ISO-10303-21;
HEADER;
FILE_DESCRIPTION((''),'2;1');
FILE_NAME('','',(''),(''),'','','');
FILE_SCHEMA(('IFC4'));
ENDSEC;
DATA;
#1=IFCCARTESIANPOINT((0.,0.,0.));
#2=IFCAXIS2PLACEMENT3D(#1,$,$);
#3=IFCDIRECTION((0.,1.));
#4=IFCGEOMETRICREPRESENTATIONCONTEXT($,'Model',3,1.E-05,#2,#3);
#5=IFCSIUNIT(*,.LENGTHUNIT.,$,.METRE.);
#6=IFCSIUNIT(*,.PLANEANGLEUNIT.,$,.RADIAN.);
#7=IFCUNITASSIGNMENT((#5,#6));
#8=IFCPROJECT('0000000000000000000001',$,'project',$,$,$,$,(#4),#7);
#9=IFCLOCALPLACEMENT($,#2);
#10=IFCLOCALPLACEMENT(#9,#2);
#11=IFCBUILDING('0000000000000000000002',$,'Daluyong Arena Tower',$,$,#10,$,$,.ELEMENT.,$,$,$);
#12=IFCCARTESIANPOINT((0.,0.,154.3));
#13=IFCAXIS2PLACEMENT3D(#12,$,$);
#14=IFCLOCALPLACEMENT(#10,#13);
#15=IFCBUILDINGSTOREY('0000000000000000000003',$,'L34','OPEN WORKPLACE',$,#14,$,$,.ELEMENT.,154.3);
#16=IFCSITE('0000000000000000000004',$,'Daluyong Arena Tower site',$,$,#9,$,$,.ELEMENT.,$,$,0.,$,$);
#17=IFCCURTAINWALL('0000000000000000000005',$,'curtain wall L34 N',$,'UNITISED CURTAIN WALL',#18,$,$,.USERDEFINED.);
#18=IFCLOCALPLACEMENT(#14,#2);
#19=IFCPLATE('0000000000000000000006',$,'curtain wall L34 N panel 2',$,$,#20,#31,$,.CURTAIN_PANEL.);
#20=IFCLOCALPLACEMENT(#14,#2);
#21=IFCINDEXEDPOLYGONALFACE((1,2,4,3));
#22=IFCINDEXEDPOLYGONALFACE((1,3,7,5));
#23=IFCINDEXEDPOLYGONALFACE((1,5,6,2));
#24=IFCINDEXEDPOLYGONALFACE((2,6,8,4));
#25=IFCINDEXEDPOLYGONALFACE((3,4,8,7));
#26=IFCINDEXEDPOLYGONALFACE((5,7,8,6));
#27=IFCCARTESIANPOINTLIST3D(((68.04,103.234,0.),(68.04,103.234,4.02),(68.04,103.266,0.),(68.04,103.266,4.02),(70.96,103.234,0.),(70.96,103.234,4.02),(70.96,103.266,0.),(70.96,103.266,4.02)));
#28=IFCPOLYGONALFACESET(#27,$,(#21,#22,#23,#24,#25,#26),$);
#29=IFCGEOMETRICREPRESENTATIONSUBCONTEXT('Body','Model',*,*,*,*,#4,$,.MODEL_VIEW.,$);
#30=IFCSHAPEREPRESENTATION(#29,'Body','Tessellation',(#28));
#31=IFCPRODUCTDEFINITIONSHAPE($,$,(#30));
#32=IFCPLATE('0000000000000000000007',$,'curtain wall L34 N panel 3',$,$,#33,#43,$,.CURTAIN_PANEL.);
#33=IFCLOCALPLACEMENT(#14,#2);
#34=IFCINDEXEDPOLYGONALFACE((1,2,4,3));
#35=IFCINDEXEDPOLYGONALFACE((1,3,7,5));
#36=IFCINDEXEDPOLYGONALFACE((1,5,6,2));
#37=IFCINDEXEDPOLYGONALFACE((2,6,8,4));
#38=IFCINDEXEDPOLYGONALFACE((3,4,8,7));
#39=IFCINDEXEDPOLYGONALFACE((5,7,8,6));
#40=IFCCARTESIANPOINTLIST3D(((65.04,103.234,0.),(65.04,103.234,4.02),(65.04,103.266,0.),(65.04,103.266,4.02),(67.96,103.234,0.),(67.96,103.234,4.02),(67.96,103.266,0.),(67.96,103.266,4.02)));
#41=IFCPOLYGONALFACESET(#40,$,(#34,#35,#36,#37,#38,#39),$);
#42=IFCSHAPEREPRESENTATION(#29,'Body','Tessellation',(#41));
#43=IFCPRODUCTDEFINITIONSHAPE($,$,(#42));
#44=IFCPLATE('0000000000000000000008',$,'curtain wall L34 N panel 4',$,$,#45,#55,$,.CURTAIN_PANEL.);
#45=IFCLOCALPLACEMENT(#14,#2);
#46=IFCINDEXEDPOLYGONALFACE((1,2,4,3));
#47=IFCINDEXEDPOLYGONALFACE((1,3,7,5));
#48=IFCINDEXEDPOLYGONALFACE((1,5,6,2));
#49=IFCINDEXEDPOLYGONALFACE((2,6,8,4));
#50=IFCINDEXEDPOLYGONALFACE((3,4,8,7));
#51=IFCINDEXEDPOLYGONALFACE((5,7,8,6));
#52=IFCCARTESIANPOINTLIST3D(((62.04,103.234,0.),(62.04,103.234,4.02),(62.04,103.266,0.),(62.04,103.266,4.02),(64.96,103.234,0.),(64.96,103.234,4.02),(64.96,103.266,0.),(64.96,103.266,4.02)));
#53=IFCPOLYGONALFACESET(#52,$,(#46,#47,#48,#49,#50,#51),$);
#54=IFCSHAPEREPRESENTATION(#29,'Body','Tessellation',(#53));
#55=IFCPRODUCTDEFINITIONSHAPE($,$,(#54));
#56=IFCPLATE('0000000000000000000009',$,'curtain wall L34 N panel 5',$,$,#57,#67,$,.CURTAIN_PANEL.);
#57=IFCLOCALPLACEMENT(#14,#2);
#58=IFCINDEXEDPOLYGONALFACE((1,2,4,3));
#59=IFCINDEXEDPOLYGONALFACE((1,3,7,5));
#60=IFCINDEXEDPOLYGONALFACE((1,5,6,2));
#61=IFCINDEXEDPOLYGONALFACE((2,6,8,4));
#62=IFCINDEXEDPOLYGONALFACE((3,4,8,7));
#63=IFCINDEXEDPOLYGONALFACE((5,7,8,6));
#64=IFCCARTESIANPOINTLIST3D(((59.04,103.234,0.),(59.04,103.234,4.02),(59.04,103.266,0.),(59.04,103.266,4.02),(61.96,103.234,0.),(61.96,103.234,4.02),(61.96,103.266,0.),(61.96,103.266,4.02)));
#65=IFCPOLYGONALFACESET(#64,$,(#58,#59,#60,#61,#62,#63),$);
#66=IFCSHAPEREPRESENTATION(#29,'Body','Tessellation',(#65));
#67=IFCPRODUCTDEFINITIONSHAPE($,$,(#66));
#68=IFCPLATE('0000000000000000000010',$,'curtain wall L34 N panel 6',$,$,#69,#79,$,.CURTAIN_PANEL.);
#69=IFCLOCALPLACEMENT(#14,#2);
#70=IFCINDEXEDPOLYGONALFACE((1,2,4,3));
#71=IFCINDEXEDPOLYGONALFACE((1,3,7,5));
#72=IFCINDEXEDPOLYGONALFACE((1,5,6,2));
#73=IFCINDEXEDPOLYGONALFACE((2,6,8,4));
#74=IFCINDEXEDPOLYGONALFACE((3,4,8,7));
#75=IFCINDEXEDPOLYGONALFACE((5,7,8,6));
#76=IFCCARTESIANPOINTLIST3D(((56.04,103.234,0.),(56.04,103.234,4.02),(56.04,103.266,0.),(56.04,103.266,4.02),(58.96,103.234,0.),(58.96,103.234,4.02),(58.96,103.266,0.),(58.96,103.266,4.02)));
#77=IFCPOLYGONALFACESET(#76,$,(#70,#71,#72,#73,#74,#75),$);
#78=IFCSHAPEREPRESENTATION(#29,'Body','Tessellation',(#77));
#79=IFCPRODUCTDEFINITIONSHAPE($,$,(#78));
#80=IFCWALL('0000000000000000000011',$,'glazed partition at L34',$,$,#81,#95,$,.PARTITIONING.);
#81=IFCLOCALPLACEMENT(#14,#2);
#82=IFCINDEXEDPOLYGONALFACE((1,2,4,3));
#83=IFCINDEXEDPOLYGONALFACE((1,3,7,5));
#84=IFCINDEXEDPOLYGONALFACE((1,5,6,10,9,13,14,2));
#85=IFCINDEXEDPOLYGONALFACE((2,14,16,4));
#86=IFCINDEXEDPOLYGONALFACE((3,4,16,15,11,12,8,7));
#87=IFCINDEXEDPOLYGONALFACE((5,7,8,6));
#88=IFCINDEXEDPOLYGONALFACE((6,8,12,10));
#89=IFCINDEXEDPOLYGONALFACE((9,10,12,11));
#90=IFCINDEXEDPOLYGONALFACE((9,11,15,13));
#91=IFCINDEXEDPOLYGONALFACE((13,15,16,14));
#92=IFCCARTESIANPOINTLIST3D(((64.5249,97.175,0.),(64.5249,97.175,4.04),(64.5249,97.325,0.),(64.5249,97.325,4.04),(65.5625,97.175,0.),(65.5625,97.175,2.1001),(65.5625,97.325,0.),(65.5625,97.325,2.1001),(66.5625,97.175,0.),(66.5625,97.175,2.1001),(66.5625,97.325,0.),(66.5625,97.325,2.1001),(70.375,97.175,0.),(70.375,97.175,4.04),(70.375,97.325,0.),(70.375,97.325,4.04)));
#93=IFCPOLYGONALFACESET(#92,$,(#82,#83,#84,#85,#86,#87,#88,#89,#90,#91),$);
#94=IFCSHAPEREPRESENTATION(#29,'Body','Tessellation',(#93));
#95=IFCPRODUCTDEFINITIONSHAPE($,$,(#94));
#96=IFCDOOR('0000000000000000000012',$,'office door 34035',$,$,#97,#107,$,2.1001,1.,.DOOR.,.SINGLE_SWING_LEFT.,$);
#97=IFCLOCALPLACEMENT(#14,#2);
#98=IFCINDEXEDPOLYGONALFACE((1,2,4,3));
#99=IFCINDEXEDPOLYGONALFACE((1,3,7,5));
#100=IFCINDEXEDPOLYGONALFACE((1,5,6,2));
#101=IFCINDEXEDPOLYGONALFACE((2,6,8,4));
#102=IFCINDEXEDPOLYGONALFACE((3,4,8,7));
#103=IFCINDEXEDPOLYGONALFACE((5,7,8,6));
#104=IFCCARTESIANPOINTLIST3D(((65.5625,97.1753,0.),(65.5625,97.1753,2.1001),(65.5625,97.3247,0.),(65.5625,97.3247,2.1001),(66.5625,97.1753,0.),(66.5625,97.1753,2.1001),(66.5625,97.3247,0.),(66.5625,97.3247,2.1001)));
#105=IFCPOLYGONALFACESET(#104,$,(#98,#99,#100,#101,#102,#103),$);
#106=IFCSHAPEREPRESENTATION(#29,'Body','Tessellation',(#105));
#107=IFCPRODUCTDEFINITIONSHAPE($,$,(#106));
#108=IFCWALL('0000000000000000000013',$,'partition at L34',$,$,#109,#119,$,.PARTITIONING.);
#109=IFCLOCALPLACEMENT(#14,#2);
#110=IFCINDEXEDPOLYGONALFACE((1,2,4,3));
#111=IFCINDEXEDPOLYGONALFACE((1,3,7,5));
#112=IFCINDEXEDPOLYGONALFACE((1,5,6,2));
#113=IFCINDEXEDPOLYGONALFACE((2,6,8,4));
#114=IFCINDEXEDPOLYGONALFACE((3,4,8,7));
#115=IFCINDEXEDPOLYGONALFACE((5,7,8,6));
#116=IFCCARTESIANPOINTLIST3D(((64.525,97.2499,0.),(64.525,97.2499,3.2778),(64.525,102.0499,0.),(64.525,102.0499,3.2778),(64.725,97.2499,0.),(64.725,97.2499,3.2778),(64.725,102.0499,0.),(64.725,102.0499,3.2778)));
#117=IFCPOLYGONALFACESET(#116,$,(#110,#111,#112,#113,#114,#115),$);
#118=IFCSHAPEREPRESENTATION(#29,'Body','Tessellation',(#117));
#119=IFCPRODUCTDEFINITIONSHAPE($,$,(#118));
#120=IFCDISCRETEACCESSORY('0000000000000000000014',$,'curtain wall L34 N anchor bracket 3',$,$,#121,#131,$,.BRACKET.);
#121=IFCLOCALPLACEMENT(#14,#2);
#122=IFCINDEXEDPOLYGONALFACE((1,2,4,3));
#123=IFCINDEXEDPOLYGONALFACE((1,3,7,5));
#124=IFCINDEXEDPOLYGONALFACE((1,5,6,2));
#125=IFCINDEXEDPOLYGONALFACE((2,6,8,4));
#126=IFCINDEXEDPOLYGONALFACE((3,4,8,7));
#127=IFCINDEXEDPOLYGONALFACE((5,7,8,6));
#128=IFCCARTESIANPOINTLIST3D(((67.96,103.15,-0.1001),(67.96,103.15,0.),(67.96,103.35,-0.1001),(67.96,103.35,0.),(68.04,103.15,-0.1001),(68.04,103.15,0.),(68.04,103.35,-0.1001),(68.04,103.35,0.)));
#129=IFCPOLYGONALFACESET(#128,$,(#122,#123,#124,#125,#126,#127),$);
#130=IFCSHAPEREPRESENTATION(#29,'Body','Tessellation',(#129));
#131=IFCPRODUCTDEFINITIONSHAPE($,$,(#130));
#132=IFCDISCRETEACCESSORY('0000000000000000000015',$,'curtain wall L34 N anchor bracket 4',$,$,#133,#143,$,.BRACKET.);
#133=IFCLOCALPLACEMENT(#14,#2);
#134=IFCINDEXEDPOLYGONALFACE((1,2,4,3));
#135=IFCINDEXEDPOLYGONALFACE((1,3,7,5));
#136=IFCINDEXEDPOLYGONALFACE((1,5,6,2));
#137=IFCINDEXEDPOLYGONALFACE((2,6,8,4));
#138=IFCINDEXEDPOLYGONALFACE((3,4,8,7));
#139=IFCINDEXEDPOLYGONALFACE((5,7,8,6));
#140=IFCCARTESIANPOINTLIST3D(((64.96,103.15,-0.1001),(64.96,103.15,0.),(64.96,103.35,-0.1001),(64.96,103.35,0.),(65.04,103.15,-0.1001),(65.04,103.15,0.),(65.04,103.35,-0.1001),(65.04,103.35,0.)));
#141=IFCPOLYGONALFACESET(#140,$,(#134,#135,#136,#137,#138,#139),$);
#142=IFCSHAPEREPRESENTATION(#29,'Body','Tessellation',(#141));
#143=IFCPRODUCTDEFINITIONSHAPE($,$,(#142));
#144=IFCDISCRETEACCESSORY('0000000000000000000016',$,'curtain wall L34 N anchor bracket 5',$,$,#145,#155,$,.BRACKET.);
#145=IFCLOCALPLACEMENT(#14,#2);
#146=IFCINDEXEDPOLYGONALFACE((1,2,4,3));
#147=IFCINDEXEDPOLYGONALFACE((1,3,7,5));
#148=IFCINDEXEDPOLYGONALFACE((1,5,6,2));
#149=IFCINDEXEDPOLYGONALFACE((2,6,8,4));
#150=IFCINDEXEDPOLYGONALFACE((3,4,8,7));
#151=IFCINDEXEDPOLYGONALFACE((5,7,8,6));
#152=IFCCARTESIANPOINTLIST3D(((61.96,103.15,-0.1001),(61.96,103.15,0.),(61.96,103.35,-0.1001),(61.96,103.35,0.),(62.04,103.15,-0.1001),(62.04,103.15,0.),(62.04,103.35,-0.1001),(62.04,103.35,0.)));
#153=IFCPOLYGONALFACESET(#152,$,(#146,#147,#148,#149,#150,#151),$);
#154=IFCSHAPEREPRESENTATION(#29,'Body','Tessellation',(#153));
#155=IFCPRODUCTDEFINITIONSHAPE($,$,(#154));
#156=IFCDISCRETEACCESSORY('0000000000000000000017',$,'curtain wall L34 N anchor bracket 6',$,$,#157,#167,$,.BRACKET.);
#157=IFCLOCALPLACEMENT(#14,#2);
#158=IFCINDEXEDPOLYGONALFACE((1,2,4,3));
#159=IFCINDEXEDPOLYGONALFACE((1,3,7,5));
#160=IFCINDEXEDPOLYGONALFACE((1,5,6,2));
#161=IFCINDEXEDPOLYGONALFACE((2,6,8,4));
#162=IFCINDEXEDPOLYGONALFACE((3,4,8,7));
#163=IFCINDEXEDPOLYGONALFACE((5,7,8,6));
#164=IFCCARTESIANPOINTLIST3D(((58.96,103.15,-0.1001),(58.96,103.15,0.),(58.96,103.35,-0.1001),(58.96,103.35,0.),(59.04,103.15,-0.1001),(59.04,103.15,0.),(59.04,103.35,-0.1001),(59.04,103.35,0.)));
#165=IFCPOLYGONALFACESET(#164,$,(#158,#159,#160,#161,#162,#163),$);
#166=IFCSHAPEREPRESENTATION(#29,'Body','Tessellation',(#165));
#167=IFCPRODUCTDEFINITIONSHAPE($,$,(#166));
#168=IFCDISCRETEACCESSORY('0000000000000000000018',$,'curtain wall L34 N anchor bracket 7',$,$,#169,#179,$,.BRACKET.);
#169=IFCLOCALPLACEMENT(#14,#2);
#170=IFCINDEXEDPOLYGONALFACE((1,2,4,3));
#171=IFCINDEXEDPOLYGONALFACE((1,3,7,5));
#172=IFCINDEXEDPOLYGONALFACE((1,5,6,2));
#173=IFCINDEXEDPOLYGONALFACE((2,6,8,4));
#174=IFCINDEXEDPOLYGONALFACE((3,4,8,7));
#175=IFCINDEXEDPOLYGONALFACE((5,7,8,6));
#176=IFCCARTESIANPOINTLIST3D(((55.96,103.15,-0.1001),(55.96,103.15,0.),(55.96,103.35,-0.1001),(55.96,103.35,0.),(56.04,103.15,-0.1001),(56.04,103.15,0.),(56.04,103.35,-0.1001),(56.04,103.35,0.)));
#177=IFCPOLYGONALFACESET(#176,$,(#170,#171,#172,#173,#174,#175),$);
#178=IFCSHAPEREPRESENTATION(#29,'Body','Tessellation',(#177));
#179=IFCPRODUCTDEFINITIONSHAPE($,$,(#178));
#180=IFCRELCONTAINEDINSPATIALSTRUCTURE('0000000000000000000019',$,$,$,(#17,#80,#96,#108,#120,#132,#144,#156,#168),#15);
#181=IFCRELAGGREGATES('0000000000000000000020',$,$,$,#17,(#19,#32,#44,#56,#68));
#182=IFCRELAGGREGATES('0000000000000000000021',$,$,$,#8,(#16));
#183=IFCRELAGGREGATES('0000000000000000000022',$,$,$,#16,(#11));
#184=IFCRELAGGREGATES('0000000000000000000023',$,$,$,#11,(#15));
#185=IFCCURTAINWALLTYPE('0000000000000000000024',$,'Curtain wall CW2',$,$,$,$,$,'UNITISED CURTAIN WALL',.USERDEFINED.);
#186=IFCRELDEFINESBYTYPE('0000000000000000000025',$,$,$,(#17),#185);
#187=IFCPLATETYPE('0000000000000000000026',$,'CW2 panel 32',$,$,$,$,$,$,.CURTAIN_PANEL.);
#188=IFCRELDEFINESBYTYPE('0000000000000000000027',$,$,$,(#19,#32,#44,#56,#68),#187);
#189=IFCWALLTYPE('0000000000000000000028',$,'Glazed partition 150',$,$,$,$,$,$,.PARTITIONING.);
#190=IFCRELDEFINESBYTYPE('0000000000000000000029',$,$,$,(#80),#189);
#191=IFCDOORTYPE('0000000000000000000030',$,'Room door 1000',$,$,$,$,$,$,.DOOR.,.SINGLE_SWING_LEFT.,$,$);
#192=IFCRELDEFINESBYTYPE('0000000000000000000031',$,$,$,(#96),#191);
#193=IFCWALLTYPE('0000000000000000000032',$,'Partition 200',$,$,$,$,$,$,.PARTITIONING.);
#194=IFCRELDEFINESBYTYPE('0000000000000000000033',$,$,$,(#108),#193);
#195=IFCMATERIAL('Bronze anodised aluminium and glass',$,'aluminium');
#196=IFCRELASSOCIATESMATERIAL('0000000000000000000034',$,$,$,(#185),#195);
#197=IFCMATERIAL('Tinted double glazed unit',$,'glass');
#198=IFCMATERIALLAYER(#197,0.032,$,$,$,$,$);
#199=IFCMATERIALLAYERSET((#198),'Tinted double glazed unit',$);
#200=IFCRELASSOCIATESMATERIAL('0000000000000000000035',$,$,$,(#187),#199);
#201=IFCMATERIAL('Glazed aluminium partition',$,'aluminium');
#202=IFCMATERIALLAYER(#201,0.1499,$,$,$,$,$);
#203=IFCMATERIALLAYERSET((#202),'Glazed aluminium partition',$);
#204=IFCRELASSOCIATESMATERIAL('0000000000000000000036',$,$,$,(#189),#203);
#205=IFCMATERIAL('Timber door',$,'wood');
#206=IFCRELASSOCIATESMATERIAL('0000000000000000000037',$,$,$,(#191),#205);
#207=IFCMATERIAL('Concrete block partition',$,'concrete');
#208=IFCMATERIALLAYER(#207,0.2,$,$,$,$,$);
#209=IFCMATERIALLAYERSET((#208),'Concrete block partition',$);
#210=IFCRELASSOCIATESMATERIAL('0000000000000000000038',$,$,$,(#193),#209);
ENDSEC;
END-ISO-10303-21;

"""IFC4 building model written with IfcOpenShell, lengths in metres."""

from ifc_helpers import new_model, si_unit, direction, frame, frame_2d, origin, origin_2d, place, context, subcontext, project, spatial, rectangle, extrude, material, layer, layer_set, type_object, element, fill, aggregate, save


model = new_model("IFC4")

# Units and contexts
model_context = context("Model", 3, precision=1e-05, world=origin(), true_north=direction((0.0, 1.0)))
body_context = subcontext(model_context, "Body", "Model", "MODEL_VIEW")
ifc_project = project(units=[si_unit("LENGTHUNIT", "METRE"), si_unit("PLANEANGLEUNIT", "RADIAN")], contexts=[model_context])

# Site, building, storey
site_placement = place(None, origin())
site = spatial("IfcSite", under=ifc_project, at=site_placement, Name="Daluyong Arena Tower site", CompositionType="ELEMENT", RefElevation=0.0)
building_placement = place(site_placement, origin())
building = spatial("IfcBuilding", under=site, at=building_placement, Name="Daluyong Arena Tower", CompositionType="ELEMENT")
storey_placement = place(building_placement, frame((0.0, 0.0, 154.3)))
storey = spatial("IfcBuildingStorey", under=building, at=storey_placement, Name="L34", Description="OPEN WORKPLACE", CompositionType="ELEMENT", Elevation=154.3)

# Curtain wall
ifc_material_1 = material(Name="Bronze anodised aluminium and glass", Category="aluminium")
curtain_wall_type = type_object("IfcCurtainWallType", Name="Curtain wall CW2", ElementType="UNITISED CURTAIN WALL", PredefinedType="USERDEFINED", material=ifc_material_1)
curtain_wall_placement = place(storey_placement, origin())
curtain_wall = element("IfcCurtainWall", 1, at=curtain_wall_placement, inside=storey, type_object=curtain_wall_type, Name="curtain wall L34 N", ObjectType="UNITISED CURTAIN WALL", PredefinedType="USERDEFINED")

# Plates
ifc_material_2 = material(Name="Tinted double glazed unit", Category="glass")
ifc_layer_1 = layer(ifc_material_2, 0.032)
ifc_layer_set_1 = layer_set([ifc_layer_1], Name="Tinted double glazed unit")
plate_type = type_object("IfcPlateType", Name="CW2 panel 32", PredefinedType="CURTAIN_PANEL", material=ifc_layer_set_1)
plate_1_placement = place(storey_placement, frame((69.5, 103.25, 0.0), z_axis=(0.0, 0.0, 1.0), x_axis=(-1.0, 0.0, 0.0)))
plate_1 = element("IfcPlate", 2, at=plate_1_placement, type_object=plate_type, Name="curtain wall L34 N panel 2", PredefinedType="CURTAIN_PANEL", context=body_context, shape_type="SweptSolid", body=[
    extrude(rectangle(XDim=2.9199, YDim=0.032, at=origin_2d()), origin(), (0.0, 0.0, 1.0), 4.02),
])
plate_2_placement = place(storey_placement, frame((66.5, 103.25, 0.0), z_axis=(0.0, 0.0, 1.0), x_axis=(-1.0, 0.0, 0.0)))
plate_2 = element("IfcPlate", 3, at=plate_2_placement, type_object=plate_type, Name="curtain wall L34 N panel 3", PredefinedType="CURTAIN_PANEL", context=body_context, shape_type="SweptSolid", body=[
    extrude(rectangle(XDim=2.9199, YDim=0.032, at=origin_2d()), origin(), (0.0, 0.0, 1.0), 4.02),
])
plate_3_placement = place(storey_placement, frame((63.5, 103.25, 0.0), z_axis=(0.0, 0.0, 1.0), x_axis=(-1.0, 0.0, 0.0)))
plate_3 = element("IfcPlate", 4, at=plate_3_placement, type_object=plate_type, Name="curtain wall L34 N panel 4", PredefinedType="CURTAIN_PANEL", context=body_context, shape_type="SweptSolid", body=[
    extrude(rectangle(XDim=2.9199, YDim=0.032, at=origin_2d()), origin(), (0.0, 0.0, 1.0), 4.02),
])
plate_4_placement = place(storey_placement, frame((60.5, 103.25, 0.0), z_axis=(0.0, 0.0, 1.0), x_axis=(-1.0, 0.0, 0.0)))
plate_4 = element("IfcPlate", 5, at=plate_4_placement, type_object=plate_type, Name="curtain wall L34 N panel 5", PredefinedType="CURTAIN_PANEL", context=body_context, shape_type="SweptSolid", body=[
    extrude(rectangle(XDim=2.9199, YDim=0.032, at=origin_2d()), origin(), (0.0, 0.0, 1.0), 4.02),
])
plate_5_placement = place(storey_placement, frame((57.5, 103.25, 0.0), z_axis=(0.0, 0.0, 1.0), x_axis=(-1.0, 0.0, 0.0)))
plate_5 = element("IfcPlate", 6, at=plate_5_placement, type_object=plate_type, Name="curtain wall L34 N panel 6", PredefinedType="CURTAIN_PANEL", context=body_context, shape_type="SweptSolid", body=[
    extrude(rectangle(XDim=2.9199, YDim=0.032, at=origin_2d()), origin(), (0.0, 0.0, 1.0), 4.02),
])
aggregate(curtain_wall, [plate_1, plate_2, plate_3, plate_4, plate_5])

# Wall, opening, door
ifc_material_3 = material(Name="Glazed aluminium partition", Category="aluminium")
ifc_layer_2 = layer(ifc_material_3, 0.1499)
ifc_layer_set_2 = layer_set([ifc_layer_2], Name="Glazed aluminium partition")
wall_type_1 = type_object("IfcWallType", Name="Glazed partition 150", PredefinedType="PARTITIONING", material=ifc_layer_set_2)
wall_1_placement = place(storey_placement, frame((64.5249, 97.25, 0.0), z_axis=(0.0, 0.0, 1.0), x_axis=(1.0, 0.0, 0.0)))
wall_1 = element("IfcWall", 7, at=wall_1_placement, inside=storey, type_object=wall_type_1, Name="glazed partition at L34", PredefinedType="PARTITIONING", context=body_context, shape_type="SweptSolid", body=[
    extrude(rectangle(XDim=5.8501, YDim=0.1499, at=frame_2d((2.925, 0.0))), origin(), (0.0, 0.0, 1.0), 4.04),
])
opening_placement = place(wall_1_placement, frame((1.0376, 0.0, 0.0)))
opening = element("IfcOpeningElement", 8, at=opening_placement, cuts=wall_1, PredefinedType="OPENING", context=body_context, shape_type="SweptSolid", body=[
    extrude(rectangle(XDim=1.0, YDim=2.1001, at=frame_2d((0.5, 1.05))), frame((0.0, 0.085, 0.0), z_axis=(0.0, -1.0, 0.0), x_axis=(1.0, 0.0, 0.0)), (0.0, 0.0, 1.0), 0.1699),
])
ifc_material_4 = material(Name="Timber door", Category="wood")
door_type = type_object("IfcDoorType", Name="Room door 1000", OperationType="SINGLE_SWING_LEFT", PredefinedType="DOOR", material=ifc_material_4)
door_placement = place(opening_placement, origin())
door = element("IfcDoor", 9, at=door_placement, inside=storey, type_object=door_type, Name="office door 34035", OperationType="SINGLE_SWING_LEFT", OverallHeight=2.1001, OverallWidth=1.0, PredefinedType="DOOR", context=body_context, shape_type="SweptSolid", body=[
    extrude(rectangle(XDim=1.0, YDim=2.1001, at=frame_2d((0.5, 1.05))), frame((0.0, 0.0747, 0.0), z_axis=(0.0, -1.0, 0.0), x_axis=(1.0, 0.0, 0.0)), (0.0, 0.0, 1.0), 0.1494),
])
fill(opening, door)

# Wall
ifc_material_5 = material(Name="Concrete block partition", Category="concrete")
ifc_layer_3 = layer(ifc_material_5, 0.2)
ifc_layer_set_3 = layer_set([ifc_layer_3], Name="Concrete block partition")
wall_type_2 = type_object("IfcWallType", Name="Partition 200", PredefinedType="PARTITIONING", material=ifc_layer_set_3)
wall_2_placement = place(storey_placement, frame((64.625, 97.25, 0.0), z_axis=(0.0, 0.0, 1.0), x_axis=(0.0, 1.0, 0.0)))
element("IfcWall", 10, at=wall_2_placement, inside=storey, type_object=wall_type_2, Name="partition at L34", PredefinedType="PARTITIONING", context=body_context, shape_type="SweptSolid", body=[
    extrude(rectangle(XDim=4.8, YDim=0.2, at=frame_2d((2.3999, 0.0))), origin(), (0.0, 0.0, 1.0), 3.2778),
])

# Discrete accessories
for number, where, z_axis, x_axis, name in (
    (11, (68.0, 103.25, -0.1001), (0.0, 0.0, 1.0), (-1.0, 0.0, 0.0), "curtain wall L34 N anchor bracket 3"),
    (12, (65.0, 103.25, -0.1001), (0.0, 0.0, 1.0), (-1.0, 0.0, 0.0), "curtain wall L34 N anchor bracket 4"),
    (13, (62.0, 103.25, -0.1001), (0.0, 0.0, 1.0), (-1.0, 0.0, 0.0), "curtain wall L34 N anchor bracket 5"),
    (14, (59.0, 103.25, -0.1001), (0.0, 0.0, 1.0), (-1.0, 0.0, 0.0), "curtain wall L34 N anchor bracket 6"),
    (15, (56.0, 103.25, -0.1001), (0.0, 0.0, 1.0), (-1.0, 0.0, 0.0), "curtain wall L34 N anchor bracket 7"),
):
    element("IfcDiscreteAccessory", number, at=place(storey_placement, frame(where, z_axis=z_axis, x_axis=x_axis)), inside=storey, Name=name, PredefinedType="BRACKET", context=body_context, shape_type="SweptSolid", body=[
        extrude(rectangle(XDim=0.0801, YDim=0.2, at=origin_2d()), origin(), (0.0, 0.0, 1.0), 0.1001),
    ])

save(model, "model.ifc")
